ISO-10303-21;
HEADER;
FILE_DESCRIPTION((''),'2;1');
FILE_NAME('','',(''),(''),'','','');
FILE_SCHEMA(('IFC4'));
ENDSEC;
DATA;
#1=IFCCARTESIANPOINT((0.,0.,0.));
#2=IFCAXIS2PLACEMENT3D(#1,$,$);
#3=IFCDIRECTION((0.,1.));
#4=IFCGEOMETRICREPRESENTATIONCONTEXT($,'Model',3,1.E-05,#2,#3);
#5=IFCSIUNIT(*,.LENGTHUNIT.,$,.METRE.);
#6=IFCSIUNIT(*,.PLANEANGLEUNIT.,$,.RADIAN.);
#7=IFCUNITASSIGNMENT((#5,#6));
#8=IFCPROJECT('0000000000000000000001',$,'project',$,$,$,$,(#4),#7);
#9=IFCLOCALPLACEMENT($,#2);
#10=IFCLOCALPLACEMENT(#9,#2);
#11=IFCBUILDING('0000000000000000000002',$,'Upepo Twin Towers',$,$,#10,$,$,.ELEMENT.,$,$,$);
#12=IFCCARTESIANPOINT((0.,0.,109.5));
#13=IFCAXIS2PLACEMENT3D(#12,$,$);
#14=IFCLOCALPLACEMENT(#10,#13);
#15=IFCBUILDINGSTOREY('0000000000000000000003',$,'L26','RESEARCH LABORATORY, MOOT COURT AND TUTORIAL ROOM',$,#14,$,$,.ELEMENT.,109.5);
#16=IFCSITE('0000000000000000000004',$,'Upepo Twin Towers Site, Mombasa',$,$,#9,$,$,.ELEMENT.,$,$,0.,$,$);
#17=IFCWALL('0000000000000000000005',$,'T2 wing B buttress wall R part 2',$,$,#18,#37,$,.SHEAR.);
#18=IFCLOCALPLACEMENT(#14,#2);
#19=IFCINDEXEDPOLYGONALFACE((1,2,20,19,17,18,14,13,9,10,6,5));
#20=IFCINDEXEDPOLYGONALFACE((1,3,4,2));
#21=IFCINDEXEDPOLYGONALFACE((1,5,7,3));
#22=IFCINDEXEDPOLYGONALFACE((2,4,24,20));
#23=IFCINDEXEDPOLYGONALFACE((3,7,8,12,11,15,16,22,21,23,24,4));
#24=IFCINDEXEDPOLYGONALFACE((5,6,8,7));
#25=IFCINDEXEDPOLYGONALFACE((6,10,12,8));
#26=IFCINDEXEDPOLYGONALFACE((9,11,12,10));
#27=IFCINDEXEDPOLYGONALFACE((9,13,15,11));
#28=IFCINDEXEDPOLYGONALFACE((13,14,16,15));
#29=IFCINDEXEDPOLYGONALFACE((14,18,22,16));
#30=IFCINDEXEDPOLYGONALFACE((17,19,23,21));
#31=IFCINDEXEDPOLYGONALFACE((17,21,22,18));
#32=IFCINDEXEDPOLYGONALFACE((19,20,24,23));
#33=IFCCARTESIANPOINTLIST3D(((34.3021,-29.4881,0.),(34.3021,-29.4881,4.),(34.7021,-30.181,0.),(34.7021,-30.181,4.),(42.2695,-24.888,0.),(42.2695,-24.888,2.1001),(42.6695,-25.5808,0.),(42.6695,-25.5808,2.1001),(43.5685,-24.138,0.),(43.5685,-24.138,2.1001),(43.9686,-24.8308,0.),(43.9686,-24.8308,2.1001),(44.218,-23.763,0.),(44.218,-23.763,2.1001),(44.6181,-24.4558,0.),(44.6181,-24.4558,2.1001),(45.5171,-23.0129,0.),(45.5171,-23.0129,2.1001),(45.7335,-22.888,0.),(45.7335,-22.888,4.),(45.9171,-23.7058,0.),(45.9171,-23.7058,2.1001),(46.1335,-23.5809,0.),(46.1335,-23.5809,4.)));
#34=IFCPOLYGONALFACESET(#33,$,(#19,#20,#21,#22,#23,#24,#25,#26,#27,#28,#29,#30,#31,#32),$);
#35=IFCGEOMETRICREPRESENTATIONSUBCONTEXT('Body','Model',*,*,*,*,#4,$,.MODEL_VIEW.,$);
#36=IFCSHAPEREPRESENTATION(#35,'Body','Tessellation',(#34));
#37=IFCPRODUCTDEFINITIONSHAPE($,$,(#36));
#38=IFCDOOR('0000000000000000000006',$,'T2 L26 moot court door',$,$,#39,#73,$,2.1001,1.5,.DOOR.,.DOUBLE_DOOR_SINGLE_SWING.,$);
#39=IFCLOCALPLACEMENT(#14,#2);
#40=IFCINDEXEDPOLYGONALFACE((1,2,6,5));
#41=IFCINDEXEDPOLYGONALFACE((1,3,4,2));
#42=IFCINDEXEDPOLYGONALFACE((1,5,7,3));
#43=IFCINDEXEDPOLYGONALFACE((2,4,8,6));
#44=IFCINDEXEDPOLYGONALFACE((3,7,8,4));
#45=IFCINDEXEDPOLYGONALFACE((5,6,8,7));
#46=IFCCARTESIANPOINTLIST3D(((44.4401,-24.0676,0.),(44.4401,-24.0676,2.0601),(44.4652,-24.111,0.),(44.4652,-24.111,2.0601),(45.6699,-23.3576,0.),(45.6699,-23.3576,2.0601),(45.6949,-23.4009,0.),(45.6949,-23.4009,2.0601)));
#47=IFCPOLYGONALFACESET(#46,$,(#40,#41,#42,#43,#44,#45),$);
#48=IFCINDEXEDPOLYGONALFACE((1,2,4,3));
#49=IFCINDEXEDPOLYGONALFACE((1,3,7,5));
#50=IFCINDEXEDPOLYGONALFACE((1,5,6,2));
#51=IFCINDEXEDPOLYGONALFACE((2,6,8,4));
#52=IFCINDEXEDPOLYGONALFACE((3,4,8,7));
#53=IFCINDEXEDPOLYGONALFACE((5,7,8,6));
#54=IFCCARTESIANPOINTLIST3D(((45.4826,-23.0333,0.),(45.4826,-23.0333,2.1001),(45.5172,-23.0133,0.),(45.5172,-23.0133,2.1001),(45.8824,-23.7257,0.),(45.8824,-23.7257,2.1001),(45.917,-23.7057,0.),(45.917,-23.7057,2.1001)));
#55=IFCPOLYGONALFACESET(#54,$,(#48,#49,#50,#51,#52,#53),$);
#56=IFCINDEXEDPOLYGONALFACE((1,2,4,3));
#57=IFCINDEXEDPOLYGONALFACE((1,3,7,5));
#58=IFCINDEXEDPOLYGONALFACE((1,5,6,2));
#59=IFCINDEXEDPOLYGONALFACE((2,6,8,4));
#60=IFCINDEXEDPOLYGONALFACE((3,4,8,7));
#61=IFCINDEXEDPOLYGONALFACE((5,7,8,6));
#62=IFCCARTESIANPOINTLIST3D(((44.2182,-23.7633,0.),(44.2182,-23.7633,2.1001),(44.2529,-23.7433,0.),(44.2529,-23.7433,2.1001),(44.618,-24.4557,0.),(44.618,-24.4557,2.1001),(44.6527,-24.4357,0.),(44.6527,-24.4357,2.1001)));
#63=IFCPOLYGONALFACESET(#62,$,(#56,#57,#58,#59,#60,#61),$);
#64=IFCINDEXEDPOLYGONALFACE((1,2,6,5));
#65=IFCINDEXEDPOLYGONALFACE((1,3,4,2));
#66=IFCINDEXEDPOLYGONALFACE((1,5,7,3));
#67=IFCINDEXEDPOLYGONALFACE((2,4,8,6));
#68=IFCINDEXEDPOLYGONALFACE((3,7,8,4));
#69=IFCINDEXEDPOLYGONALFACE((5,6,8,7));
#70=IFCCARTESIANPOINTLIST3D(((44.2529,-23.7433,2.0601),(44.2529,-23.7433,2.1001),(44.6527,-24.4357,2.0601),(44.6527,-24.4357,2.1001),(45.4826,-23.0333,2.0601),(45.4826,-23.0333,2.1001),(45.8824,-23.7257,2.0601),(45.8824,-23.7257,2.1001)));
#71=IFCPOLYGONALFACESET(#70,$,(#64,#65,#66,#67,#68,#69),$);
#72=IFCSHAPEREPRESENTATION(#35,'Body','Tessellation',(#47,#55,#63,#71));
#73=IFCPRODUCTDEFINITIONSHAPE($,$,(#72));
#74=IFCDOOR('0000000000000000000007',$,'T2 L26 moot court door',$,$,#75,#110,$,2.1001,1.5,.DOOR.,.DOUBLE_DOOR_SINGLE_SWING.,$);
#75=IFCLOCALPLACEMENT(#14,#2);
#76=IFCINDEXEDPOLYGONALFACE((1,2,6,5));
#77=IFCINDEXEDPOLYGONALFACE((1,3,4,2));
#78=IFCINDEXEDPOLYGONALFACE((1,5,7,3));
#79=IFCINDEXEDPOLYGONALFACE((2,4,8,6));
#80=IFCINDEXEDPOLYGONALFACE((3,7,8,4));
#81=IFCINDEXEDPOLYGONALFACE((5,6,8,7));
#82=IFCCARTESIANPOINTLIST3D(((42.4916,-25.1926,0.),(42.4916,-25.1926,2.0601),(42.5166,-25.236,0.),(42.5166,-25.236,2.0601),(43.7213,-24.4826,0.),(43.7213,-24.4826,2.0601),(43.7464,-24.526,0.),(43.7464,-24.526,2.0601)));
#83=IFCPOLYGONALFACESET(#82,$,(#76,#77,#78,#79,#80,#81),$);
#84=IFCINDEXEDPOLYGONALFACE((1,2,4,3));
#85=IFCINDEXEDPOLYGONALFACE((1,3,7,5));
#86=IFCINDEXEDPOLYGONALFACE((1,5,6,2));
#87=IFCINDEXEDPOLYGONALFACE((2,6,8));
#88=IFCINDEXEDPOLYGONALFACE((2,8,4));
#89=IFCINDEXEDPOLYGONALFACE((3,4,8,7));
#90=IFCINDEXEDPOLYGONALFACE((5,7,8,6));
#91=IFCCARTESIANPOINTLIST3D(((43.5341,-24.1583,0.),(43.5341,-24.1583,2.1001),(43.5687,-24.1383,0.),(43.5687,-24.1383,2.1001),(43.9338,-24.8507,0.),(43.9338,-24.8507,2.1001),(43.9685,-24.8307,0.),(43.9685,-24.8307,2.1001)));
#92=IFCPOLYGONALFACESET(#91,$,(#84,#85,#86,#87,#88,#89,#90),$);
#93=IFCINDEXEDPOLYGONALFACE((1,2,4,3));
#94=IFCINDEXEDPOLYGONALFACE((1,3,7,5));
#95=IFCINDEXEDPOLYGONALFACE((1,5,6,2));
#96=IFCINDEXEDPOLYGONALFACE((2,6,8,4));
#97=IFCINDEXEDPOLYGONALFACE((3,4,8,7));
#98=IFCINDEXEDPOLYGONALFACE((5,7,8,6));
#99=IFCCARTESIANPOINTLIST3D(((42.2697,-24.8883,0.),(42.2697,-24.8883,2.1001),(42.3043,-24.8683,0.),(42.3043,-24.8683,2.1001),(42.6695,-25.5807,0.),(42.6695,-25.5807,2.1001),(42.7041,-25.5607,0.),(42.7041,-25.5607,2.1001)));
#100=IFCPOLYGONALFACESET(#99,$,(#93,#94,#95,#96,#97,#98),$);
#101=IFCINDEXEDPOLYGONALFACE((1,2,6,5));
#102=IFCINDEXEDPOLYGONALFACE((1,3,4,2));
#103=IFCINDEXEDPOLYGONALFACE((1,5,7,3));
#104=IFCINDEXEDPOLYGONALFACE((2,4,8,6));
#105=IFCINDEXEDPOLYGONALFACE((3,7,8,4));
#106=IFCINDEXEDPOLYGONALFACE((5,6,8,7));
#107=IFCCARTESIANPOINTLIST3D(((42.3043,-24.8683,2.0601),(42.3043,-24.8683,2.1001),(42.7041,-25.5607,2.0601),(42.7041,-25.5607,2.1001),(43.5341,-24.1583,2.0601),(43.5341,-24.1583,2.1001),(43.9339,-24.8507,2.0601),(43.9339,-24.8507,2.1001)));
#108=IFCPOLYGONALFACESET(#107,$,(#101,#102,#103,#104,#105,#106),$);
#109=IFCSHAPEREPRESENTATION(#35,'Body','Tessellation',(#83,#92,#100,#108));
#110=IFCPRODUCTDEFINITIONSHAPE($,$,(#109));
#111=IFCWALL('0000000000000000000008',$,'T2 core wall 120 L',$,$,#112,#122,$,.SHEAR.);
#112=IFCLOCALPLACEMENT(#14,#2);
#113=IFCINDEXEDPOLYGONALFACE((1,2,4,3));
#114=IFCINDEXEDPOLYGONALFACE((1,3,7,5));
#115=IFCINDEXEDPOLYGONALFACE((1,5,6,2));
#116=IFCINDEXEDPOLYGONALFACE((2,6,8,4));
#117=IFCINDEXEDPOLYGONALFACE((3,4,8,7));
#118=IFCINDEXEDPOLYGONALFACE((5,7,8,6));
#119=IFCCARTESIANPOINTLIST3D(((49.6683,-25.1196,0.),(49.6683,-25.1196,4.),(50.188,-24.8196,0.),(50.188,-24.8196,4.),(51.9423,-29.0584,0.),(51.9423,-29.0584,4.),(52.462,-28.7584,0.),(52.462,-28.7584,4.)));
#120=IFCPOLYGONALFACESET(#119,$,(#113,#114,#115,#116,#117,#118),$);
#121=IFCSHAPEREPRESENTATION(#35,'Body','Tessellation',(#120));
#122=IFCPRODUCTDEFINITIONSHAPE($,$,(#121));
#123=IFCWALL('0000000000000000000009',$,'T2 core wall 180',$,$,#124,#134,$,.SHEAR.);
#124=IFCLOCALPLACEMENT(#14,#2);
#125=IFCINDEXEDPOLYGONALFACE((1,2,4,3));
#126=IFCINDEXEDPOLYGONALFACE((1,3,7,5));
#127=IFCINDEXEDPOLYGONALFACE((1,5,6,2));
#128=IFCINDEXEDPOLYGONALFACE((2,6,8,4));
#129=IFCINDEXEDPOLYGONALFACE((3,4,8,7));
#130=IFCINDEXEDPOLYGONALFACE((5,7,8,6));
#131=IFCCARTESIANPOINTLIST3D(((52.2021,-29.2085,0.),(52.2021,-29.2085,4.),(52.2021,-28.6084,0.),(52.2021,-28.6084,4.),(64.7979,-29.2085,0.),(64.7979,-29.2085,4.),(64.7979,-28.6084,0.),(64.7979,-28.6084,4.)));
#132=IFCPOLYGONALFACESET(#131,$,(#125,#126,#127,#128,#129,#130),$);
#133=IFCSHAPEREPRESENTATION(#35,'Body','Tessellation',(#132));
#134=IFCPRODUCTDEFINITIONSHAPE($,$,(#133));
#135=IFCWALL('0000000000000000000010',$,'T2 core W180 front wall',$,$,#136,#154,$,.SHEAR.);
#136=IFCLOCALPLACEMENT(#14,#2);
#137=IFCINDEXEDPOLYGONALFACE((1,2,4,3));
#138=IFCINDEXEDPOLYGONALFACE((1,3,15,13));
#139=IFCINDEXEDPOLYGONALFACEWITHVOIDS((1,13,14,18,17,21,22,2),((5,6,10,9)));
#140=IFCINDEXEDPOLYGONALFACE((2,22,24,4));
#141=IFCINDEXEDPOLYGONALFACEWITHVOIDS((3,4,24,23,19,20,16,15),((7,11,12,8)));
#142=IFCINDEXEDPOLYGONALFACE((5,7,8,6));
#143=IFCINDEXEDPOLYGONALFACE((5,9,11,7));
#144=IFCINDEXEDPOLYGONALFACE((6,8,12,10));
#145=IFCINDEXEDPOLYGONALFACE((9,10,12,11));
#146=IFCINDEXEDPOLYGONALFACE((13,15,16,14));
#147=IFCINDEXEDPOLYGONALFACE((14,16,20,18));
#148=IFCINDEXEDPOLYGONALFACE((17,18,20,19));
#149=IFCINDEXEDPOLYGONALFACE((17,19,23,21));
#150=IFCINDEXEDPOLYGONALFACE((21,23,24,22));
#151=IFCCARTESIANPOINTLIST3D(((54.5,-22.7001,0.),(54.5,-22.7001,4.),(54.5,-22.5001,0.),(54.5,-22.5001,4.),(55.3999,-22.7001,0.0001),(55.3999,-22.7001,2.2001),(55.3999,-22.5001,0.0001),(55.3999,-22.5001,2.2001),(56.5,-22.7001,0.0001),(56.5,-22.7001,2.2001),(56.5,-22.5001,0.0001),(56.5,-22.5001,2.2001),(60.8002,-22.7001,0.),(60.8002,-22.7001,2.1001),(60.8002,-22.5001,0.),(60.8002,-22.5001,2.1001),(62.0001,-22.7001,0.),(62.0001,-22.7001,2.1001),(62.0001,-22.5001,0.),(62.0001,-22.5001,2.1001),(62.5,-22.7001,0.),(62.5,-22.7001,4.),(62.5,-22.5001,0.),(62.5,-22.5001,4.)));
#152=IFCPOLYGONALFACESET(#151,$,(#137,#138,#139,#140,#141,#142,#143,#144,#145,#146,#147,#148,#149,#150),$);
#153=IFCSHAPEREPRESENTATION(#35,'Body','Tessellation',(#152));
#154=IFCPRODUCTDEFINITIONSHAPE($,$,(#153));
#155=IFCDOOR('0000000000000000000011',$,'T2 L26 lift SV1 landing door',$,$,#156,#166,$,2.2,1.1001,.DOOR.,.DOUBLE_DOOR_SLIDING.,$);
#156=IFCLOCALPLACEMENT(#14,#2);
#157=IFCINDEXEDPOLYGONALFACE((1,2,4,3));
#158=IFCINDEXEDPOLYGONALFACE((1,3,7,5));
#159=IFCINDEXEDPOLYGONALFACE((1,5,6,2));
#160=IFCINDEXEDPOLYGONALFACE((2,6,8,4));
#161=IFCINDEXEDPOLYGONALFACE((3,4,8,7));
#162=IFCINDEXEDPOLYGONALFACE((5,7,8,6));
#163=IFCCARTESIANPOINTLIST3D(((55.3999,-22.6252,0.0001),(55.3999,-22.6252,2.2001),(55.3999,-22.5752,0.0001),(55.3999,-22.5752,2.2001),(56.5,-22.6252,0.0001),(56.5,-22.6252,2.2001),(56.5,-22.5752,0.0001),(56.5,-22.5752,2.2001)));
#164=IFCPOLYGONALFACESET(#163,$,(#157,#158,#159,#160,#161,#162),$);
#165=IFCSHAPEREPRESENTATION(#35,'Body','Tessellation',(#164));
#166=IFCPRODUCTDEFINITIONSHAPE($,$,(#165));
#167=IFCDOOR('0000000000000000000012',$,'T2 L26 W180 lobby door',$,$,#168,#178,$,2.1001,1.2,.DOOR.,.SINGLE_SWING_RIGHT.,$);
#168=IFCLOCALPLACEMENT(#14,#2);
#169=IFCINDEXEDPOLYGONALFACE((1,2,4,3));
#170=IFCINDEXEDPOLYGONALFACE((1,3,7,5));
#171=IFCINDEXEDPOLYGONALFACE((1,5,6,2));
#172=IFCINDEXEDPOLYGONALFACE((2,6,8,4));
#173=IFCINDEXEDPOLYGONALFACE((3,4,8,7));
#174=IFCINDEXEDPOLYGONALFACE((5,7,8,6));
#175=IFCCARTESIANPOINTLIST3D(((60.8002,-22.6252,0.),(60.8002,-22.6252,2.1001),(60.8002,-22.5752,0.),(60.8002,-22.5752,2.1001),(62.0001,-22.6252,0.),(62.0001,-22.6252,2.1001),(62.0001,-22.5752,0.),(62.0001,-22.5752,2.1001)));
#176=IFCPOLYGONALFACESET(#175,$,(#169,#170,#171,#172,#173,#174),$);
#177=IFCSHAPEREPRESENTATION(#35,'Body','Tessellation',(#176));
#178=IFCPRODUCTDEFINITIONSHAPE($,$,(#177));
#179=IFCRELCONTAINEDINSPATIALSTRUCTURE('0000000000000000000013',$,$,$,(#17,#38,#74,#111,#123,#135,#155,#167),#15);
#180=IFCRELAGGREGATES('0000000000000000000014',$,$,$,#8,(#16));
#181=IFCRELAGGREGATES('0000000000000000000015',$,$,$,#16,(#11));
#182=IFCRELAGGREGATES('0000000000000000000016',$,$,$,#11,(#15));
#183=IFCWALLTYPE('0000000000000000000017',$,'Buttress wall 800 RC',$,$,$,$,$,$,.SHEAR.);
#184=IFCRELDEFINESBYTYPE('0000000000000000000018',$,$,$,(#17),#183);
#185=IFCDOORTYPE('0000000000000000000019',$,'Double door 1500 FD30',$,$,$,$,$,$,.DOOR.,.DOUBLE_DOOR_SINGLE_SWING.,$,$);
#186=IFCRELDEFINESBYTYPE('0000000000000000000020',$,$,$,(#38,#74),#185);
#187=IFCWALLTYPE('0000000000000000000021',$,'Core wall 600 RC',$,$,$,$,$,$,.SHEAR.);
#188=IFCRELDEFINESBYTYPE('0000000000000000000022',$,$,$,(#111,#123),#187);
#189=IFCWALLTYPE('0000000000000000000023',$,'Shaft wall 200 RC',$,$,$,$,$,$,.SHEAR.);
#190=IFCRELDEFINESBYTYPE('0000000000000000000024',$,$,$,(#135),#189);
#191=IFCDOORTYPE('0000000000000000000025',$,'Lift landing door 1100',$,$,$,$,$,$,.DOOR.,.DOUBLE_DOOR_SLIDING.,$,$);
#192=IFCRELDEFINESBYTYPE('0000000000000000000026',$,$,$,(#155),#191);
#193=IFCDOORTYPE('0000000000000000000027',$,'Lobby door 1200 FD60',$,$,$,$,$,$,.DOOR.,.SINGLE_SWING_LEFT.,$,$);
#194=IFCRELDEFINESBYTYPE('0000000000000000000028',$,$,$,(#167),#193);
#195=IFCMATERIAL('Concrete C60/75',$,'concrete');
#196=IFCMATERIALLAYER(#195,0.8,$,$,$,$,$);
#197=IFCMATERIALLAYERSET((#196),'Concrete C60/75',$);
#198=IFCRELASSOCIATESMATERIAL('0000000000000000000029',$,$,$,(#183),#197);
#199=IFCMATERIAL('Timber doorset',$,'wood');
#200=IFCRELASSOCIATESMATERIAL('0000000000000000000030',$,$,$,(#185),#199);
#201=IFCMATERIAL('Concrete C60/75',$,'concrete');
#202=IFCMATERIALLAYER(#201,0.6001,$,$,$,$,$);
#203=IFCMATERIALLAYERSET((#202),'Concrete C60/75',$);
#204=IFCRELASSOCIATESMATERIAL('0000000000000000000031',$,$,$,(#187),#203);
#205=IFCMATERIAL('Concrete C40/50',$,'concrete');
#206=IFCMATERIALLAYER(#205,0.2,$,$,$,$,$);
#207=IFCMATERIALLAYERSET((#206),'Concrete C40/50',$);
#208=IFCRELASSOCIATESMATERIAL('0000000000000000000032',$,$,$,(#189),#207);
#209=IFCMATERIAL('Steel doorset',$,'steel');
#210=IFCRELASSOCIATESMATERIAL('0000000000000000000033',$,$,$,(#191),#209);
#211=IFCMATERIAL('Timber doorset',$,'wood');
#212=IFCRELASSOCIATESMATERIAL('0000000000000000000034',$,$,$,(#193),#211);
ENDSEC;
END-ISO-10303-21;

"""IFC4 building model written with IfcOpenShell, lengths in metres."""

from ifc_helpers import new_model, si_unit, direction, frame, frame_2d, origin, place, context, subcontext, project, spatial, rectangle, extrude, material, layer, layer_set, type_object, element, fill, save


model = new_model("IFC4")

# Units and contexts
model_context = context("Model", 3, precision=1e-05, world=origin(), true_north=direction((0.0, 1.0)))
body_context = subcontext(model_context, "Body", "Model", "MODEL_VIEW")
ifc_project = project(units=[si_unit("LENGTHUNIT", "METRE"), si_unit("PLANEANGLEUNIT", "RADIAN")], contexts=[model_context])

# Site, building, storey
site_placement = place(None, origin())
site = spatial("IfcSite", under=ifc_project, at=site_placement, Name="Upepo Twin Towers Site, Mombasa", CompositionType="ELEMENT", RefElevation=0.0)
building_placement = place(site_placement, origin())
building = spatial("IfcBuilding", under=site, at=building_placement, Name="Upepo Twin Towers", CompositionType="ELEMENT")
storey_placement = place(building_placement, frame((0.0, 0.0, 109.5)))
storey = spatial("IfcBuildingStorey", under=building, at=storey_placement, Name="L26", Description="RESEARCH LABORATORY, MOOT COURT AND TUTORIAL ROOM", CompositionType="ELEMENT", Elevation=109.5)

# Wall, openings, doors
ifc_material_1 = material(Name="Concrete C60/75", Category="concrete")
ifc_layer_1 = layer(ifc_material_1, 0.8)
ifc_layer_set_1 = layer_set([ifc_layer_1], Name="Concrete C60/75")
wall_type_1 = type_object("IfcWallType", Name="Buttress wall 800 RC", PredefinedType="SHEAR", material=ifc_layer_set_1)
ifc_material_2 = material(Name="Timber doorset", Category="wood")
door_type_1 = type_object("IfcDoorType", Name="Double door 1500 FD30", OperationType="DOUBLE_DOOR_SINGLE_SWING", PredefinedType="DOOR", material=ifc_material_2)
wall_1_placement = place(storey_placement, frame((45.9336, -23.2344, 0.0), z_axis=(0.0, 0.0, 1.0), x_axis=(-0.86602, -0.50001, 0.0)))
wall_1 = element("IfcWall", 1, at=wall_1_placement, inside=storey, type_object=wall_type_1, Name="T2 wing B buttress wall R part 2", PredefinedType="SHEAR", context=body_context, shape_type="SweptSolid", body=[
    extrude(rectangle(XDim=13.2, YDim=0.8, at=frame_2d((6.6001, 0.0))), origin(), (0.0, 0.0, 1.0), 4.0),
])
opening_1_placement = place(wall_1_placement, frame((0.25, 0.0, 0.0)))
opening_1 = element("IfcOpeningElement", 2, at=opening_1_placement, cuts=wall_1, PredefinedType="OPENING", context=body_context, shape_type="SweptSolid", body=[
    extrude(rectangle(XDim=1.5, YDim=2.1001, at=frame_2d((0.75, 1.05))), frame((0.0, 0.4099, 0.0), z_axis=(0.0, -1.0, 0.0), x_axis=(1.0, 0.0, 0.0)), (0.0, 0.0, 1.0), 0.8201),
])
opening_2_placement = place(wall_1_placement, frame((2.5, 0.0, 0.0)))
opening_2 = element("IfcOpeningElement", 3, at=opening_2_placement, cuts=wall_1, PredefinedType="OPENING", context=body_context, shape_type="SweptSolid", body=[
    extrude(rectangle(XDim=1.5, YDim=2.1001, at=frame_2d((0.75, 1.05))), frame((0.0, 0.4099, 0.0), z_axis=(0.0, -1.0, 0.0), x_axis=(1.0, 0.0, 0.0)), (0.0, 0.0, 1.0), 0.8201),
])
door_1_placement = place(opening_1_placement, origin())
door_1 = element("IfcDoor", 4, at=door_1_placement, inside=storey, type_object=door_type_1, Name="T2 L26 moot court door", OperationType="DOUBLE_DOOR_SINGLE_SWING", OverallHeight=2.1001, OverallWidth=1.5, PredefinedType="DOOR", context=body_context, shape_type="SweptSolid", body=[
    extrude(rectangle(XDim=1.42, YDim=2.0601, at=frame_2d((0.75, 1.03))), frame((0.0, 0.0249, 0.0), z_axis=(0.0, -1.0, 0.0), x_axis=(1.0, 0.0, 0.0)), (0.0, 0.0, 1.0), 0.05),
    extrude(rectangle(XDim=0.04, YDim=2.1001, at=frame_2d((0.02, 1.05))), frame((0.0, 0.3999, 0.0), z_axis=(0.0, -1.0, 0.0), x_axis=(1.0, 0.0, 0.0)), (0.0, 0.0, 1.0), 0.7996),
    extrude(rectangle(XDim=0.04, YDim=2.1001, at=frame_2d((1.48, 1.05))), frame((0.0, 0.3999, 0.0), z_axis=(0.0, -1.0, 0.0), x_axis=(1.0, 0.0, 0.0)), (0.0, 0.0, 1.0), 0.7996),
    extrude(rectangle(XDim=1.42, YDim=0.04, at=frame_2d((0.75, 2.0801))), frame((0.0, 0.3999, 0.0), z_axis=(0.0, -1.0, 0.0), x_axis=(1.0, 0.0, 0.0)), (0.0, 0.0, 1.0), 0.7996),
])
fill(opening_1, door_1)
door_2_placement = place(opening_2_placement, origin())
door_2 = element("IfcDoor", 5, at=door_2_placement, inside=storey, type_object=door_type_1, Name="T2 L26 moot court door", OperationType="DOUBLE_DOOR_SINGLE_SWING", OverallHeight=2.1001, OverallWidth=1.5, PredefinedType="DOOR", context=body_context, shape_type="SweptSolid", body=[
    extrude(rectangle(XDim=1.42, YDim=2.0601, at=frame_2d((0.75, 1.03))), frame((0.0, 0.0249, 0.0), z_axis=(0.0, -1.0, 0.0), x_axis=(1.0, 0.0, 0.0)), (0.0, 0.0, 1.0), 0.05),
    extrude(rectangle(XDim=0.04, YDim=2.1001, at=frame_2d((0.02, 1.05))), frame((0.0, 0.3999, 0.0), z_axis=(0.0, -1.0, 0.0), x_axis=(1.0, 0.0, 0.0)), (0.0, 0.0, 1.0), 0.7996),
    extrude(rectangle(XDim=0.04, YDim=2.1001, at=frame_2d((1.48, 1.05))), frame((0.0, 0.3999, 0.0), z_axis=(0.0, -1.0, 0.0), x_axis=(1.0, 0.0, 0.0)), (0.0, 0.0, 1.0), 0.7996),
    extrude(rectangle(XDim=1.42, YDim=0.04, at=frame_2d((0.75, 2.0801))), frame((0.0, 0.3999, 0.0), z_axis=(0.0, -1.0, 0.0), x_axis=(1.0, 0.0, 0.0)), (0.0, 0.0, 1.0), 0.7996),
])
fill(opening_2, door_2)

# Walls
ifc_material_3 = material(Name="Concrete C60/75", Category="concrete")
ifc_layer_2 = layer(ifc_material_3, 0.6001)
ifc_layer_set_2 = layer_set([ifc_layer_2], Name="Concrete C60/75")
wall_type_2 = type_object("IfcWallType", Name="Core wall 600 RC", PredefinedType="SHEAR", material=ifc_layer_set_2)
wall_2_placement = place(storey_placement, frame((49.9282, -24.9697, 0.0), z_axis=(0.0, 0.0, 1.0), x_axis=(0.499984, -0.866035, 0.0)))
element("IfcWall", 6, at=wall_2_placement, inside=storey, type_object=wall_type_2, Name="T2 core wall 120 L", PredefinedType="SHEAR", context=body_context, shape_type="SweptSolid", body=[
    extrude(rectangle(XDim=4.5481, YDim=0.6001, at=frame_2d((2.2739, 0.0))), origin(), (0.0, 0.0, 1.0), 4.0),
])
wall_3_placement = place(storey_placement, frame((52.2021, -28.9084, 0.0), z_axis=(0.0, 0.0, 1.0), x_axis=(1.0, 0.0, 0.0)))
element("IfcWall", 7, at=wall_3_placement, inside=storey, type_object=wall_type_2, Name="T2 core wall 180", PredefinedType="SHEAR", context=body_context, shape_type="SweptSolid", body=[
    extrude(rectangle(XDim=12.5957, YDim=0.6001, at=frame_2d((6.2979, 0.0))), origin(), (0.0, 0.0, 1.0), 4.0),
])

# Wall, openings, doors
ifc_material_4 = material(Name="Concrete C40/50", Category="concrete")
ifc_layer_3 = layer(ifc_material_4, 0.2)
ifc_layer_set_3 = layer_set([ifc_layer_3], Name="Concrete C40/50")
wall_type_3 = type_object("IfcWallType", Name="Shaft wall 200 RC", PredefinedType="SHEAR", material=ifc_layer_set_3)
wall_4_placement = place(storey_placement, frame((54.5, -22.6001, 0.0), z_axis=(0.0, 0.0, 1.0), x_axis=(1.0, 0.0, 0.0)))
wall_4 = element("IfcWall", 8, at=wall_4_placement, inside=storey, type_object=wall_type_3, Name="T2 core W180 front wall", PredefinedType="SHEAR", context=body_context, shape_type="SweptSolid", body=[
    extrude(rectangle(XDim=8.0, YDim=0.2, at=frame_2d((4.0, 0.0))), origin(), (0.0, 0.0, 1.0), 4.0),
])
opening_3_placement = place(wall_4_placement, frame((6.3, 0.0, 0.0)))
opening_3 = element("IfcOpeningElement", 9, at=opening_3_placement, cuts=wall_4, PredefinedType="OPENING", context=body_context, shape_type="SweptSolid", body=[
    extrude(rectangle(XDim=1.2, YDim=2.1001, at=frame_2d((0.6001, 1.05))), frame((0.0, 0.1099, 0.0), z_axis=(0.0, -1.0, 0.0), x_axis=(1.0, 0.0, 0.0)), (0.0, 0.0, 1.0), 0.22),
])
opening_4_placement = place(wall_4_placement, frame((0.8999, 0.0, 0.0)))
opening_4 = element("IfcOpeningElement", 10, at=opening_4_placement, cuts=wall_4, PredefinedType="OPENING", context=body_context, shape_type="SweptSolid", body=[
    extrude(rectangle(XDim=1.1001, YDim=2.2, at=frame_2d((0.55, 1.1001))), frame((0.0, 0.1099, 0.0), z_axis=(0.0, -1.0, 0.0), x_axis=(1.0, 0.0, 0.0)), (0.0, 0.0, 1.0), 0.22),
])
ifc_material_5 = material(Name="Steel doorset", Category="steel")
door_type_2 = type_object("IfcDoorType", Name="Lift landing door 1100", OperationType="DOUBLE_DOOR_SLIDING", PredefinedType="DOOR", material=ifc_material_5)
door_3_placement = place(opening_4_placement, origin())
door_3 = element("IfcDoor", 11, at=door_3_placement, inside=storey, type_object=door_type_2, Name="T2 L26 lift SV1 landing door", OperationType="DOUBLE_DOOR_SLIDING", OverallHeight=2.2, OverallWidth=1.1001, PredefinedType="DOOR", context=body_context, shape_type="SweptSolid", body=[
    extrude(rectangle(XDim=1.1001, YDim=2.2, at=frame_2d((0.55, 1.1001))), frame((0.0, 0.0249, 0.0), z_axis=(0.0, -1.0, 0.0), x_axis=(1.0, 0.0, 0.0)), (0.0, 0.0, 1.0), 0.05),
])
fill(opening_4, door_3)
ifc_material_6 = material(Name="Timber doorset", Category="wood")
door_type_3 = type_object("IfcDoorType", Name="Lobby door 1200 FD60", OperationType="SINGLE_SWING_LEFT", PredefinedType="DOOR", material=ifc_material_6)
door_4_placement = place(opening_3_placement, origin())
door_4 = element("IfcDoor", 12, at=door_4_placement, inside=storey, type_object=door_type_3, Name="T2 L26 W180 lobby door", OperationType="SINGLE_SWING_RIGHT", OverallHeight=2.1001, OverallWidth=1.2, PredefinedType="DOOR", context=body_context, shape_type="SweptSolid", body=[
    extrude(rectangle(XDim=1.2, YDim=2.1001, at=frame_2d((0.6001, 1.05))), frame((0.0, 0.0249, 0.0), z_axis=(0.0, -1.0, 0.0), x_axis=(1.0, 0.0, 0.0)), (0.0, 0.0, 1.0), 0.05),
])
fill(opening_3, door_4)

save(model, "model.ifc")
